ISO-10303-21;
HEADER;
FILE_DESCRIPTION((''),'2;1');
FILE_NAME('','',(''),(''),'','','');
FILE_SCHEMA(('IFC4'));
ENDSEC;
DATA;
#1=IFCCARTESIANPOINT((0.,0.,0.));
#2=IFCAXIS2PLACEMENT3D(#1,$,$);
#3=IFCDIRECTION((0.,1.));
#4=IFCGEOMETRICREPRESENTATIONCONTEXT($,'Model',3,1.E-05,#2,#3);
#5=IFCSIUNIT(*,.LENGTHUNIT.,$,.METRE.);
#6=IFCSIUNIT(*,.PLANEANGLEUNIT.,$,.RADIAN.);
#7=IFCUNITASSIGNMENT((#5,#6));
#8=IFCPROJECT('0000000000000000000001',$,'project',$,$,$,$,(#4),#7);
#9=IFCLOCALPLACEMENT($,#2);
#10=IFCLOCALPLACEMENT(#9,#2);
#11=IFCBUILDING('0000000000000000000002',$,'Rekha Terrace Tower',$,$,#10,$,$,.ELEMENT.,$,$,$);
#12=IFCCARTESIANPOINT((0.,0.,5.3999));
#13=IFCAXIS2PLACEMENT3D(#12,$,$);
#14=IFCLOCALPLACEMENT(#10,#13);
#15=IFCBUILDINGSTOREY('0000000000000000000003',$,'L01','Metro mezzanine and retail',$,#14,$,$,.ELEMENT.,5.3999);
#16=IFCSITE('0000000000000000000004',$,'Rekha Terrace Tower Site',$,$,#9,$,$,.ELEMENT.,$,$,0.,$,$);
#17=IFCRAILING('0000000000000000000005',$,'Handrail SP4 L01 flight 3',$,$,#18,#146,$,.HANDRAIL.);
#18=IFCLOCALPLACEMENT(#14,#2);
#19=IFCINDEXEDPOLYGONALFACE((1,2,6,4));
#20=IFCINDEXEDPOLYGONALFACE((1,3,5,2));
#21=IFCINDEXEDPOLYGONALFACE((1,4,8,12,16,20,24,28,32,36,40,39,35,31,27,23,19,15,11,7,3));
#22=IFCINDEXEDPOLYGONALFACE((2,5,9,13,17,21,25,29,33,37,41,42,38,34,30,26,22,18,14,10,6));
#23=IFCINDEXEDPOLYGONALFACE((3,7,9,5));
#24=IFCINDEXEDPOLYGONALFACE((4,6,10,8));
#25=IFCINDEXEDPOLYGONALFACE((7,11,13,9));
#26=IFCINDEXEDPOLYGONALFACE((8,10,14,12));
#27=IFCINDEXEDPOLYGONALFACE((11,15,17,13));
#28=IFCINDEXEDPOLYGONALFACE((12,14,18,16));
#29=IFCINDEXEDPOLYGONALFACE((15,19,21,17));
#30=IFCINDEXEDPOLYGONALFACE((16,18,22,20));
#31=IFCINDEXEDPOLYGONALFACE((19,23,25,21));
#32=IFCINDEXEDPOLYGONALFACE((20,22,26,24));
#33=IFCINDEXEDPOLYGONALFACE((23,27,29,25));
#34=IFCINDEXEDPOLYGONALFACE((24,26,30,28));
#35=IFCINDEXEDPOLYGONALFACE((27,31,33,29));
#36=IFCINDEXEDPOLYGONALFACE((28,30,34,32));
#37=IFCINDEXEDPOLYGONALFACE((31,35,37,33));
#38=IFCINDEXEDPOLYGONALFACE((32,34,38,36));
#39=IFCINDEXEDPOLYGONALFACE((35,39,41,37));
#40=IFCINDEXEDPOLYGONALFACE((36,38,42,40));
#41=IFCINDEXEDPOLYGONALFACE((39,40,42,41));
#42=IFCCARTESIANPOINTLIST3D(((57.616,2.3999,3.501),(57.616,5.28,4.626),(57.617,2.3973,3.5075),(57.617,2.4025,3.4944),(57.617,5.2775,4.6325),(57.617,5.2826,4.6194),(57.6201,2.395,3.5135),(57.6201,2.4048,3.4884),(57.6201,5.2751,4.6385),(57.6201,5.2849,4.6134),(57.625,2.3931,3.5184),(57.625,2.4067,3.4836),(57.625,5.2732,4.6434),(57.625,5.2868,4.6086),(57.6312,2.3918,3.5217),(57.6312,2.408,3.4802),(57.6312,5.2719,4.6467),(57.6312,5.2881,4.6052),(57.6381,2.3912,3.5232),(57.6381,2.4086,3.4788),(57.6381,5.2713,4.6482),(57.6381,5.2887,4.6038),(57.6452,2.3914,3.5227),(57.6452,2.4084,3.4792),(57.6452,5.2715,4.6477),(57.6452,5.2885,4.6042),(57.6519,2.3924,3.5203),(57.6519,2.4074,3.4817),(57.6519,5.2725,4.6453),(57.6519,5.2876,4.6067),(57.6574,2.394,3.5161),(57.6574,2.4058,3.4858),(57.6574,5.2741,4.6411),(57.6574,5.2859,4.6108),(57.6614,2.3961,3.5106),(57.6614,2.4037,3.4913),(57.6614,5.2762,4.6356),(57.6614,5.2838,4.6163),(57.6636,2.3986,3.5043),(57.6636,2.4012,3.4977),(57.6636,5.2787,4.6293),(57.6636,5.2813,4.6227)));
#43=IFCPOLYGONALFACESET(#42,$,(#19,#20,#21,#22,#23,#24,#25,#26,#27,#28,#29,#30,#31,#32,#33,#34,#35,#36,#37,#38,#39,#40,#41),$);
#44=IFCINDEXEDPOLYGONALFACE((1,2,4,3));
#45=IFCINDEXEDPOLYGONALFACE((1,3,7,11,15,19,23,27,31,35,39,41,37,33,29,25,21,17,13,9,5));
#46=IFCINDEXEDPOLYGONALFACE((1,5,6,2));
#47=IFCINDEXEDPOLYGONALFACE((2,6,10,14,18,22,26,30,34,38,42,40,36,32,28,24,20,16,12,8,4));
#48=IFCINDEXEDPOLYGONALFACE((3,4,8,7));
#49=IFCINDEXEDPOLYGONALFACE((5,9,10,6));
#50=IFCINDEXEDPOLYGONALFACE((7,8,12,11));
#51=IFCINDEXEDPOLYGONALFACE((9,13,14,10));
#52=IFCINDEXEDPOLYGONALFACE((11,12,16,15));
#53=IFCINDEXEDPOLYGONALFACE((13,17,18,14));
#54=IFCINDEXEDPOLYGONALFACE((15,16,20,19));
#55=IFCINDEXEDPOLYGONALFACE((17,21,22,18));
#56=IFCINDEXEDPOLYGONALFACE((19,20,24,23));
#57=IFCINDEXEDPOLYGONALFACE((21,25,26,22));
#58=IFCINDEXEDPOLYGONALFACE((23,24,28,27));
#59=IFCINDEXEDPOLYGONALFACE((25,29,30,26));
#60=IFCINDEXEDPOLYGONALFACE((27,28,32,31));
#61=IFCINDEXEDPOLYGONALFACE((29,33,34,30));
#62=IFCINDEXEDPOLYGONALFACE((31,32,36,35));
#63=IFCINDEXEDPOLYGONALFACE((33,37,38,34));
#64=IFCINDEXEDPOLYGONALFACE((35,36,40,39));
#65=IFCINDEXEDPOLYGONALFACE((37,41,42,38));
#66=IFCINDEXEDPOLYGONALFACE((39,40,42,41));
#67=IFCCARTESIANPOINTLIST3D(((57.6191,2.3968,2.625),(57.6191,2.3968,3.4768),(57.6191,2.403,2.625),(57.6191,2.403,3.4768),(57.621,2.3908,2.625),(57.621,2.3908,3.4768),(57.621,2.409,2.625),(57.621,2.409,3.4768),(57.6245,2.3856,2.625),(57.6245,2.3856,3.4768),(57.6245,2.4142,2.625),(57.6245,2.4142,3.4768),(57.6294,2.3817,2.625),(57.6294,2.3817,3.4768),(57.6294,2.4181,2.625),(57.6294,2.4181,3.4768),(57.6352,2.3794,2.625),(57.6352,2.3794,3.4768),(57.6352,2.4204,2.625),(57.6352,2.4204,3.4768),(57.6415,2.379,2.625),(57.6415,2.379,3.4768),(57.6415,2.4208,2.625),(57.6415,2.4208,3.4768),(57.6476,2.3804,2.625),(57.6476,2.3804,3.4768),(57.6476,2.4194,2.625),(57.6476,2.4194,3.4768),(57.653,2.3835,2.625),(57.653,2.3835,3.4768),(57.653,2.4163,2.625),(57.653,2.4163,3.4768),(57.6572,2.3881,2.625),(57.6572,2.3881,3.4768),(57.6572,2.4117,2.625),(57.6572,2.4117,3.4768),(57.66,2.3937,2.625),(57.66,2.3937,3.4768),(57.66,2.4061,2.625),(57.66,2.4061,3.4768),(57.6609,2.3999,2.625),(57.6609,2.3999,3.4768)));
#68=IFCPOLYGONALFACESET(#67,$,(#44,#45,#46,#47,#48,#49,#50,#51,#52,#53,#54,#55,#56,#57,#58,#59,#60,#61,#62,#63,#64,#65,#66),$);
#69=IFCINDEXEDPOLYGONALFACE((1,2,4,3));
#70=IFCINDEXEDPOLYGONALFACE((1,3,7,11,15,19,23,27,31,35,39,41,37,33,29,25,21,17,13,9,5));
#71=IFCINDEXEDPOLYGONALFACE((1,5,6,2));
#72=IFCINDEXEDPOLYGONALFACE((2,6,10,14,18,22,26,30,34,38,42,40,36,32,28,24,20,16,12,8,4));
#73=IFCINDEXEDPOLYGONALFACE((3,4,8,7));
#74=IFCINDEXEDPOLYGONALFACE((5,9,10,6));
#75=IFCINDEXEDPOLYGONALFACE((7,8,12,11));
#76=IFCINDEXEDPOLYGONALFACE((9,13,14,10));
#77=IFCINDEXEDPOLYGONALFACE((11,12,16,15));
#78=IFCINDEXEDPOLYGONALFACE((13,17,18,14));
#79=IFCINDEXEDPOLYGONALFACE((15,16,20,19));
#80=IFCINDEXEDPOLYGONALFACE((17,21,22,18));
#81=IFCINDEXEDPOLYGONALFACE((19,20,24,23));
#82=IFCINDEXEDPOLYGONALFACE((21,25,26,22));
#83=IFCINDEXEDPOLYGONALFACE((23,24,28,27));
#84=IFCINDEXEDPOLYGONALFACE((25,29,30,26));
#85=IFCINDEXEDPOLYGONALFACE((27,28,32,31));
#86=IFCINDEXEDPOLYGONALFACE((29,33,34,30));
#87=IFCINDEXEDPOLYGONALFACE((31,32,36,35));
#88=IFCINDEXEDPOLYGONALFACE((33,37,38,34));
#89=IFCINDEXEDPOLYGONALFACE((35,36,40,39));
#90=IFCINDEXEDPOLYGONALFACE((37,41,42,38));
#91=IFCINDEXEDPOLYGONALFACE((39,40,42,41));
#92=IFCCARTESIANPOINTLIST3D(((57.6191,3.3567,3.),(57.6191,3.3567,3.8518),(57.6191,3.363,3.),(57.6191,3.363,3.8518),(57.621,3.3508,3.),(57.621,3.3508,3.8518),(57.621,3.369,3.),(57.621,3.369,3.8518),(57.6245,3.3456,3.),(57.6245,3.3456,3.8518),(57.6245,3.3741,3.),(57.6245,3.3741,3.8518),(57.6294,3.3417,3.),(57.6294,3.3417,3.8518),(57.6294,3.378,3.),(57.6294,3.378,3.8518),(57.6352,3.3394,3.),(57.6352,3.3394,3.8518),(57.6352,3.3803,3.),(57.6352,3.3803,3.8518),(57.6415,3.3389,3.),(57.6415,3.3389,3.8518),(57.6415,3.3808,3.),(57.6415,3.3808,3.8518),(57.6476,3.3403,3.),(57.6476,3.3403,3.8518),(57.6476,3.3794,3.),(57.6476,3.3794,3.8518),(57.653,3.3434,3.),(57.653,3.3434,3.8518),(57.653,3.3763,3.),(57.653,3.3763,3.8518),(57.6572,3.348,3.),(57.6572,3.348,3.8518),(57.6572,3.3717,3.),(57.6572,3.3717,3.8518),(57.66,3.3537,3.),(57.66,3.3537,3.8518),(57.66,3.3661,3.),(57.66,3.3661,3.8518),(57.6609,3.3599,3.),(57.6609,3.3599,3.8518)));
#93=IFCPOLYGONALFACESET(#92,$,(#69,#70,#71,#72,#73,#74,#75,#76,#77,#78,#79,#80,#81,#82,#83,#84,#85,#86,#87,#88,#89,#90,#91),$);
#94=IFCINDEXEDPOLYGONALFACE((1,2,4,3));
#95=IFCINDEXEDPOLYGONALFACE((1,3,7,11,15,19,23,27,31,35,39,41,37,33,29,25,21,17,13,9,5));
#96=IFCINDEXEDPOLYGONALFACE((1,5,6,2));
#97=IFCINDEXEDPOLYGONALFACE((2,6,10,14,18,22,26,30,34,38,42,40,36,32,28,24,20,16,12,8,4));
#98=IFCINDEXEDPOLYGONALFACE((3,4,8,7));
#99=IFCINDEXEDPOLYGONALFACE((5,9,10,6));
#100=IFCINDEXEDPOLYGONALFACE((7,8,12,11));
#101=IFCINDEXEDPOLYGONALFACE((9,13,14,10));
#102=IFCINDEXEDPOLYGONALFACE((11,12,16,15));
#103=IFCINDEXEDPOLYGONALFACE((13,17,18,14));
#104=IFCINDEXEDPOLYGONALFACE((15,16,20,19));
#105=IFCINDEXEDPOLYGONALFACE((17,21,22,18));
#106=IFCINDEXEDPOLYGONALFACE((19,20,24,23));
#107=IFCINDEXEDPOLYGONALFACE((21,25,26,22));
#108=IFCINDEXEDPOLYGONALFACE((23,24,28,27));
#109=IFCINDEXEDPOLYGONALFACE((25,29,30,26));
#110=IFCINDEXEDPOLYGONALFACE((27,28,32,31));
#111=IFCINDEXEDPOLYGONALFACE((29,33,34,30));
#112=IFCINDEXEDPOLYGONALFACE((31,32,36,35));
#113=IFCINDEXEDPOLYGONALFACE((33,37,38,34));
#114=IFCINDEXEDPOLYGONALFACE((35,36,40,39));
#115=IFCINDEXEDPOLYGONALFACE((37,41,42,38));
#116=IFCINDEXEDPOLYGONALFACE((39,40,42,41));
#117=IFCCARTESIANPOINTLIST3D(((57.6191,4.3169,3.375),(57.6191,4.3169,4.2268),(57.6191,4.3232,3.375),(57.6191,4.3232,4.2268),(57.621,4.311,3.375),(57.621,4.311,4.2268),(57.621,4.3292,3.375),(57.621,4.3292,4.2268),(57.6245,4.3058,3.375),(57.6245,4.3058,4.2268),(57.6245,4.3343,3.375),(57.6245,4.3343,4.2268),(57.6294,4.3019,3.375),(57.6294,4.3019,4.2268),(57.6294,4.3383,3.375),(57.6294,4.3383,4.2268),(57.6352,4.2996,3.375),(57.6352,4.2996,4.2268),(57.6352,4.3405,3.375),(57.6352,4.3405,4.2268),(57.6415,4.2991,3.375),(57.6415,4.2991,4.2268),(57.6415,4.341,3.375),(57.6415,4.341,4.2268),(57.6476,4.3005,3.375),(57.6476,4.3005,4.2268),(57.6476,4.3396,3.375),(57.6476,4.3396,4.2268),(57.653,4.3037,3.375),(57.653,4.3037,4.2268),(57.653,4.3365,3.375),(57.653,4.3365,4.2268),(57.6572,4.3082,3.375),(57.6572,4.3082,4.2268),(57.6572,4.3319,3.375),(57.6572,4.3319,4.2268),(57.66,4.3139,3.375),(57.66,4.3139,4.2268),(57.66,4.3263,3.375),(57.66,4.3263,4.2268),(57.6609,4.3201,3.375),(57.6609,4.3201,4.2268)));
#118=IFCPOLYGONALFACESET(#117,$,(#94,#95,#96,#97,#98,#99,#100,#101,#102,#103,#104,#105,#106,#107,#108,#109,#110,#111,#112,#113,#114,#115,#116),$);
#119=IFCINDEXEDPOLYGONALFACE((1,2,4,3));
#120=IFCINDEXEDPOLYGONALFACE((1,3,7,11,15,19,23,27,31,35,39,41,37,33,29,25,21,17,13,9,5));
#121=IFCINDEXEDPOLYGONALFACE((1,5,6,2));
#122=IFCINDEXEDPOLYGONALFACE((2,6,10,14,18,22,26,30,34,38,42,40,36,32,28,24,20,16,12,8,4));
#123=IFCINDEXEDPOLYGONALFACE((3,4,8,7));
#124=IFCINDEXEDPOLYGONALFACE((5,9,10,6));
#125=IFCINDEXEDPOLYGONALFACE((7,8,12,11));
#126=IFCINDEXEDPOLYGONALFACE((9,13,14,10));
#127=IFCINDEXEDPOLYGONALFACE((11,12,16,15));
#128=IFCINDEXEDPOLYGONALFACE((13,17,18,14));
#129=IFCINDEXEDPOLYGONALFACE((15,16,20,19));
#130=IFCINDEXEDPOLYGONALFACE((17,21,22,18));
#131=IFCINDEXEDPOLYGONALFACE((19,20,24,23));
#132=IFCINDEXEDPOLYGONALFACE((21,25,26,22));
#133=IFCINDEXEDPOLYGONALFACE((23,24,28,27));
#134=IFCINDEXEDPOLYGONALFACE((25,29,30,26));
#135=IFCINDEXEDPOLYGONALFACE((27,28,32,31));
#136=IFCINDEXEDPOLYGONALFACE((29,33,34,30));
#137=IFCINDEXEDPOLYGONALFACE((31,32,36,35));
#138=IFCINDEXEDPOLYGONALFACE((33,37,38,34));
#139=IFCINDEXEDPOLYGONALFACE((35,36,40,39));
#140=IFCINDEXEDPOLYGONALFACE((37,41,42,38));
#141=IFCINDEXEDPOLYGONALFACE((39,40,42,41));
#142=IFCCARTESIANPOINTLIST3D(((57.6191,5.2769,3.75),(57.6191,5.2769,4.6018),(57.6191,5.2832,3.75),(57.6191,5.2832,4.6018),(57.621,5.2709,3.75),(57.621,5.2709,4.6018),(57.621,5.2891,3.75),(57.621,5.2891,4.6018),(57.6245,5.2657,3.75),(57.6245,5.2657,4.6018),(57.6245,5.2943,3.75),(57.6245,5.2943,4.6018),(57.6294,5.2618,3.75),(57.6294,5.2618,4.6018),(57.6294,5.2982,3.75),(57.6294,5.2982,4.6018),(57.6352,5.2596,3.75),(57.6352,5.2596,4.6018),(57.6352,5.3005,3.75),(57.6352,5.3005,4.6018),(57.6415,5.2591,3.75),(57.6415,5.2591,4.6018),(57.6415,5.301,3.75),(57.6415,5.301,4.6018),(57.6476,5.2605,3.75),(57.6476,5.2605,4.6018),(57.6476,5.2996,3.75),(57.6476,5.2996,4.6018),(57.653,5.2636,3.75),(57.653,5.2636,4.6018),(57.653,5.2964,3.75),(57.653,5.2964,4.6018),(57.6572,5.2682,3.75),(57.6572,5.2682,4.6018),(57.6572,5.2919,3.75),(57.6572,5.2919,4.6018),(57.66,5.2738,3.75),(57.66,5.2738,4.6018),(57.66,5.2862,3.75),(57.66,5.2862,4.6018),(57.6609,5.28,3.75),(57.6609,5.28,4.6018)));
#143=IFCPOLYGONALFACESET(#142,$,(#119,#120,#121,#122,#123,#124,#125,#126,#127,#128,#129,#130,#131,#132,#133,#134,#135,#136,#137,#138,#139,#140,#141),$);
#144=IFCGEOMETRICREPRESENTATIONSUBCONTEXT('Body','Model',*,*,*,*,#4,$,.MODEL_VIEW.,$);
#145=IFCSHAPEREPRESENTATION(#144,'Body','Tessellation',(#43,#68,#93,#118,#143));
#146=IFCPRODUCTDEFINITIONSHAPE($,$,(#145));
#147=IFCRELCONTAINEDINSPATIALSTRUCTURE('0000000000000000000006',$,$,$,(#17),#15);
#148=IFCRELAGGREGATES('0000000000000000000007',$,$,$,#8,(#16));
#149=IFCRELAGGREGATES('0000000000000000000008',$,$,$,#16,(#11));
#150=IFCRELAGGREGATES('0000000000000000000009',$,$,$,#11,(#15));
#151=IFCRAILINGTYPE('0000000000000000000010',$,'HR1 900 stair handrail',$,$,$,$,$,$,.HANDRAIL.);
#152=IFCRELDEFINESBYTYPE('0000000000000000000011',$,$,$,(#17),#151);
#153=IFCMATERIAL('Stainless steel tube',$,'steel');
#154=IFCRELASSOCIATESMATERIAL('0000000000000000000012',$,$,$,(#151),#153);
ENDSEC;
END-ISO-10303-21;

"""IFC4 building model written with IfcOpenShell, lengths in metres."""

from ifc_helpers import new_model, si_unit, direction, frame, origin, origin_2d, place, context, subcontext, project, spatial, circle, extrude, material, type_object, element, save


model = new_model("IFC4")

# Units and contexts
model_context = context("Model", 3, precision=1e-05, world=origin(), true_north=direction((0.0, 1.0)))
body_context = subcontext(model_context, "Body", "Model", "MODEL_VIEW")
ifc_project = project(units=[si_unit("LENGTHUNIT", "METRE"), si_unit("PLANEANGLEUNIT", "RADIAN")], contexts=[model_context])

# Site, building, storey
site_placement = place(None, origin())
site = spatial("IfcSite", under=ifc_project, at=site_placement, Name="Rekha Terrace Tower Site", CompositionType="ELEMENT", RefElevation=0.0)
building_placement = place(site_placement, origin())
building = spatial("IfcBuilding", under=site, at=building_placement, Name="Rekha Terrace Tower", CompositionType="ELEMENT")
storey_placement = place(building_placement, frame((0.0, 0.0, 5.3999)))
storey = spatial("IfcBuildingStorey", under=building, at=storey_placement, Name="L01", Description="Metro mezzanine and retail", CompositionType="ELEMENT", Elevation=5.3999)

# Railing
ifc_material_1 = material(Name="Stainless steel tube", Category="steel")
railing_type_1 = type_object("IfcRailingType", Name="HR1 900 stair handrail", PredefinedType="HANDRAIL", material=ifc_material_1)
railing_1_placement = place(storey_placement, frame((57.6399, 2.3999, 2.625)))
element("IfcRailing", 1, at=railing_1_placement, inside=storey, type_object=railing_type_1, Name="Handrail SP4 L01 flight 3", PredefinedType="HANDRAIL", context=body_context, shape_type="SweptSolid", body=[
    extrude(circle(Radius=0.0239, at=origin_2d()), frame((0.0, 0.0, 0.876), z_axis=(0.0, 0.931463, 0.363837), x_axis=(-1.0, 0.0, 0.0)), (0.0, 0.0, 1.0), 3.092),
    extrude(circle(Radius=0.021, at=origin_2d()), origin(), (0.0, 0.0, 1.0), 0.8518),
    extrude(circle(Radius=0.021, at=origin_2d()), frame((0.0, 0.96, 0.375)), (0.0, 0.0, 1.0), 0.8518),
    extrude(circle(Radius=0.021, at=origin_2d()), frame((0.0, 1.9202, 0.75)), (0.0, 0.0, 1.0), 0.8518),
    extrude(circle(Radius=0.021, at=origin_2d()), frame((0.0, 2.8801, 1.125)), (0.0, 0.0, 1.0), 0.8518),
])

save(model, "model.ifc")
